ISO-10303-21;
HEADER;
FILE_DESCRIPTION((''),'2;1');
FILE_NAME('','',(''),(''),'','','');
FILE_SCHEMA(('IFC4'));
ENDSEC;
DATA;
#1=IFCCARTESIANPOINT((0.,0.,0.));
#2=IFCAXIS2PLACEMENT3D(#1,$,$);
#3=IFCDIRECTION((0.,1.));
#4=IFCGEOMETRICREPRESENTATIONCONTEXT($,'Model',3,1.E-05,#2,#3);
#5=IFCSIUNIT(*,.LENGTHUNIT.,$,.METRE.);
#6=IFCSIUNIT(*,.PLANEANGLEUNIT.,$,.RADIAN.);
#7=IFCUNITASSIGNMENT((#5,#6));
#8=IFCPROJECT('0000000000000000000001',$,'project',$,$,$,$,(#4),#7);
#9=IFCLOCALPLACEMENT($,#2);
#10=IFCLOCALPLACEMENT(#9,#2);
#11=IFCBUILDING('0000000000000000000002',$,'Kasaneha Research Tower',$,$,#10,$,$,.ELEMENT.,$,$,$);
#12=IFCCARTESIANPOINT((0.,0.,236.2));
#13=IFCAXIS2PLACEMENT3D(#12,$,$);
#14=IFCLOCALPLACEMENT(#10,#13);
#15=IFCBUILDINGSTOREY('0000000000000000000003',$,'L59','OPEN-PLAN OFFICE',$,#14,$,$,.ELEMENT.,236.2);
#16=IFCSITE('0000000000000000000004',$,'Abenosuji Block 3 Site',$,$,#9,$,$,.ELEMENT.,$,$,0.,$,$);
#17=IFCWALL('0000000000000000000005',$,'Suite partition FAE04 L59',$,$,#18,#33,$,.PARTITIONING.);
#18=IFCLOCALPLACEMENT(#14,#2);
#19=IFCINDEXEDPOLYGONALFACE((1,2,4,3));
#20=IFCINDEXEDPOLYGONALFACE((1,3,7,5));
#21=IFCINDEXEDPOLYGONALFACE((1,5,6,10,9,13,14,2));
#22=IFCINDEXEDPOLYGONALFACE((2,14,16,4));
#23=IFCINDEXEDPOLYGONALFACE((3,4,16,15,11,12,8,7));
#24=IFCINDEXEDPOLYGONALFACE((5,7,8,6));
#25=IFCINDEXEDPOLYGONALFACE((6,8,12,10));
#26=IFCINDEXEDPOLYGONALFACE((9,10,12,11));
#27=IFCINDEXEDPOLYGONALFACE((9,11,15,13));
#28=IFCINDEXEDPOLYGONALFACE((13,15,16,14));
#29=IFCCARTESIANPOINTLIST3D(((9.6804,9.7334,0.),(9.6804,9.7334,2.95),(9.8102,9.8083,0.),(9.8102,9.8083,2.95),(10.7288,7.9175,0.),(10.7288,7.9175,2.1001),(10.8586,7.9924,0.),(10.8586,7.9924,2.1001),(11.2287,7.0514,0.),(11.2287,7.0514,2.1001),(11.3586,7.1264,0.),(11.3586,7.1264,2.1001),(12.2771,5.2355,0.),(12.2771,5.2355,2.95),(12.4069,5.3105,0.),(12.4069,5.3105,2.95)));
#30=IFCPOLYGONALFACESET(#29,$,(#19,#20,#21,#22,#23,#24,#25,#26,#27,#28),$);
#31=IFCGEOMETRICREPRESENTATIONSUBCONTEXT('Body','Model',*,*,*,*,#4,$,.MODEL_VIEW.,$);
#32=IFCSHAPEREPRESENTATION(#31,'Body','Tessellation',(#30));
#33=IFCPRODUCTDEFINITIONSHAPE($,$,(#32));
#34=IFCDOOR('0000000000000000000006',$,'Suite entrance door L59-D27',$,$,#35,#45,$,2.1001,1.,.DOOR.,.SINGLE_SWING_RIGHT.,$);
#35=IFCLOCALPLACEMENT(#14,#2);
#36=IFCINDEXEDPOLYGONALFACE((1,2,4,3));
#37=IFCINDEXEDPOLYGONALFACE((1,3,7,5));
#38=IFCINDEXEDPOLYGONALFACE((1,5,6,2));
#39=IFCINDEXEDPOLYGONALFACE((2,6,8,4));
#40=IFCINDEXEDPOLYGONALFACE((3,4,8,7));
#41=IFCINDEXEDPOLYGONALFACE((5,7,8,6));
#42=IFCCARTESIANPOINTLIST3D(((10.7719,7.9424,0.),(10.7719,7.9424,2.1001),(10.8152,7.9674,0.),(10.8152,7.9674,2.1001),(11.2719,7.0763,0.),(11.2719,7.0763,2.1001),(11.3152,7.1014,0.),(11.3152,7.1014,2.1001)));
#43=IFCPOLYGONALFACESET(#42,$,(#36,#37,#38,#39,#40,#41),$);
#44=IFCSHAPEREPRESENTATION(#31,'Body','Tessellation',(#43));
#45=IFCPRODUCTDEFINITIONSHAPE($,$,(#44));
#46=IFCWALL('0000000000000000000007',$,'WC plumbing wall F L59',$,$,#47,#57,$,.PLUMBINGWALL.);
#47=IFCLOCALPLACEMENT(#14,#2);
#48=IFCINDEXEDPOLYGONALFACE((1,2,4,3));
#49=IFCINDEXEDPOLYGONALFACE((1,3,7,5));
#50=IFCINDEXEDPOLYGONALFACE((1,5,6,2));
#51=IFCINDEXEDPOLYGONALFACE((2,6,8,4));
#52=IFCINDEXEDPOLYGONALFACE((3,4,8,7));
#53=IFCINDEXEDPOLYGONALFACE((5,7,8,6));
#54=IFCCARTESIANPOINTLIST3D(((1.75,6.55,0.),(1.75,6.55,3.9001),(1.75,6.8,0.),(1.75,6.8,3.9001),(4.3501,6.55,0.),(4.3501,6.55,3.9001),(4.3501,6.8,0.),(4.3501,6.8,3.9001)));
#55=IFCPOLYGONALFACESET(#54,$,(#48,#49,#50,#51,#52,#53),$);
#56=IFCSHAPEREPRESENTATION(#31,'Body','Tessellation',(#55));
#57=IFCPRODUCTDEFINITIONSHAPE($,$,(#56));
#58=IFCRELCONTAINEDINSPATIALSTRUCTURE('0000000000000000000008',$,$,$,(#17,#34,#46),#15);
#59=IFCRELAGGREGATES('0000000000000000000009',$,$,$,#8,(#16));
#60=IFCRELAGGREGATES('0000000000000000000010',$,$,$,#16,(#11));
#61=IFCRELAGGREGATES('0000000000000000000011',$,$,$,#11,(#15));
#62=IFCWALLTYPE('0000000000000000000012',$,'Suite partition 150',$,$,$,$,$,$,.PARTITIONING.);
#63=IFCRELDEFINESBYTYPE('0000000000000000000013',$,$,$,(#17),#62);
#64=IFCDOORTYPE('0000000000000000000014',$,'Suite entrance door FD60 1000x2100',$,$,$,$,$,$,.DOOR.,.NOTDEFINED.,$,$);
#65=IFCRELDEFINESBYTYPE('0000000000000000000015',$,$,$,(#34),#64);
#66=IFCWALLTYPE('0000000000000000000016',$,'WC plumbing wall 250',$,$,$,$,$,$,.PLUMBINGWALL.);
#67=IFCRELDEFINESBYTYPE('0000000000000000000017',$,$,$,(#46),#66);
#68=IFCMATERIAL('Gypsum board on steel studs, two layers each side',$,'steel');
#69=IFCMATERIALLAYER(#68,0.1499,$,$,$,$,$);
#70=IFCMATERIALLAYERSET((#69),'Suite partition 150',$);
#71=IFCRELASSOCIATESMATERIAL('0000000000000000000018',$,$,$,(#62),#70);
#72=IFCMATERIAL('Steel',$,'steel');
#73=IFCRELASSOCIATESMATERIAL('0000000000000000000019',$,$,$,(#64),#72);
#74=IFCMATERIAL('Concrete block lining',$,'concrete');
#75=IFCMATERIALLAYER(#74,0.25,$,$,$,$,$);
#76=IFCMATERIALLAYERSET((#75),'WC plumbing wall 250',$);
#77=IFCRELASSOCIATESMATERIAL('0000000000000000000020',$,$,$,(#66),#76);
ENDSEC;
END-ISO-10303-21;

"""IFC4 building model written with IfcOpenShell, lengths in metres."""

from ifc_helpers import new_model, si_unit, direction, frame, frame_2d, origin, place, context, subcontext, project, spatial, rectangle, extrude, material, layer, layer_set, type_object, element, fill, save


model = new_model("IFC4")

# Units and contexts
model_context = context("Model", 3, precision=1e-05, world=origin(), true_north=direction((0.0, 1.0)))
body_context = subcontext(model_context, "Body", "Model", "MODEL_VIEW")
ifc_project = project(units=[si_unit("LENGTHUNIT", "METRE"), si_unit("PLANEANGLEUNIT", "RADIAN")], contexts=[model_context])

# Site, building, storey
site_placement = place(None, origin())
site = spatial("IfcSite", under=ifc_project, at=site_placement, Name="Abenosuji Block 3 Site", CompositionType="ELEMENT", RefElevation=0.0)
building_placement = place(site_placement, origin())
building = spatial("IfcBuilding", under=site, at=building_placement, Name="Kasaneha Research Tower", CompositionType="ELEMENT")
storey_placement = place(building_placement, frame((0.0, 0.0, 236.2)))
storey = spatial("IfcBuildingStorey", under=building, at=storey_placement, Name="L59", Description="OPEN-PLAN OFFICE", CompositionType="ELEMENT", Elevation=236.2)

# Shared definitions
ifc_material_1 = material(Name="Gypsum board on steel studs, two layers each side", Category="steel")
ifc_layer_1 = layer(ifc_material_1, 0.1499)
ifc_layer_set_1 = layer_set([ifc_layer_1], Name="Suite partition 150")
wall_type_1 = type_object("IfcWallType", Name="Suite partition 150", PredefinedType="PARTITIONING", material=ifc_layer_set_1)
ifc_material_2 = material(Name="Steel", Category="steel")
door_type_1 = type_object("IfcDoorType", Name="Suite entrance door FD60 1000x2100", OperationType="NOTDEFINED", PredefinedType="DOOR", material=ifc_material_2)

# Wall, opening, door
wall_1_placement = place(storey_placement, frame((9.7454, 9.7708, 0.0), z_axis=(0.0, 0.0, 1.0), x_axis=(0.499982, -0.866036, 0.0)))
wall_1 = element("IfcWall", 1, at=wall_1_placement, inside=storey, type_object=wall_type_1, Name="Suite partition FAE04 L59", PredefinedType="PARTITIONING", context=body_context, shape_type="SweptSolid", body=[
    extrude(rectangle(XDim=5.1936, YDim=0.1499, at=frame_2d((2.5967, 0.0))), origin(), (0.0, 0.0, 1.0), 2.95),
])
opening_1_placement = place(wall_1_placement, frame((2.0967, 0.0, 0.0)))
opening_1 = element("IfcOpeningElement", 2, at=opening_1_placement, cuts=wall_1, PredefinedType="OPENING", context=body_context, shape_type="SweptSolid", body=[
    extrude(rectangle(XDim=1.0, YDim=2.1001, at=frame_2d((0.5, 1.05))), frame((0.0, 0.085, 0.0), z_axis=(0.0, -1.0, 0.0), x_axis=(1.0, 0.0, 0.0)), (0.0, 0.0, 1.0), 0.1699),
])
door_1_placement = place(opening_1_placement, origin())
door_1 = element("IfcDoor", 3, at=door_1_placement, inside=storey, type_object=door_type_1, Name="Suite entrance door L59-D27", OperationType="SINGLE_SWING_RIGHT", OverallHeight=2.1001, OverallWidth=1.0, PredefinedType="DOOR", context=body_context, shape_type="SweptSolid", body=[
    extrude(rectangle(XDim=1.0, YDim=2.1001, at=frame_2d((0.5, 1.05))), frame((0.0, 0.0249, 0.0), z_axis=(0.0, -1.0, 0.0), x_axis=(1.0, 0.0, 0.0)), (0.0, 0.0, 1.0), 0.05),
])
fill(opening_1, door_1)

# Wall
ifc_material_3 = material(Name="Concrete block lining", Category="concrete")
ifc_layer_2 = layer(ifc_material_3, 0.25)
ifc_layer_set_2 = layer_set([ifc_layer_2], Name="WC plumbing wall 250")
wall_type_2 = type_object("IfcWallType", Name="WC plumbing wall 250", PredefinedType="PLUMBINGWALL", material=ifc_layer_set_2)
wall_2_placement = place(storey_placement, frame((1.75, 6.675, 0.0), z_axis=(0.0, 0.0, 1.0), x_axis=(1.0, 0.0, 0.0)))
element("IfcWall", 4, at=wall_2_placement, inside=storey, type_object=wall_type_2, Name="WC plumbing wall F L59", PredefinedType="PLUMBINGWALL", context=body_context, shape_type="SweptSolid", body=[
    extrude(rectangle(XDim=2.6001, YDim=0.25, at=frame_2d((1.3, 0.0))), origin(), (0.0, 0.0, 1.0), 3.9001),
])

save(model, "model.ifc")
